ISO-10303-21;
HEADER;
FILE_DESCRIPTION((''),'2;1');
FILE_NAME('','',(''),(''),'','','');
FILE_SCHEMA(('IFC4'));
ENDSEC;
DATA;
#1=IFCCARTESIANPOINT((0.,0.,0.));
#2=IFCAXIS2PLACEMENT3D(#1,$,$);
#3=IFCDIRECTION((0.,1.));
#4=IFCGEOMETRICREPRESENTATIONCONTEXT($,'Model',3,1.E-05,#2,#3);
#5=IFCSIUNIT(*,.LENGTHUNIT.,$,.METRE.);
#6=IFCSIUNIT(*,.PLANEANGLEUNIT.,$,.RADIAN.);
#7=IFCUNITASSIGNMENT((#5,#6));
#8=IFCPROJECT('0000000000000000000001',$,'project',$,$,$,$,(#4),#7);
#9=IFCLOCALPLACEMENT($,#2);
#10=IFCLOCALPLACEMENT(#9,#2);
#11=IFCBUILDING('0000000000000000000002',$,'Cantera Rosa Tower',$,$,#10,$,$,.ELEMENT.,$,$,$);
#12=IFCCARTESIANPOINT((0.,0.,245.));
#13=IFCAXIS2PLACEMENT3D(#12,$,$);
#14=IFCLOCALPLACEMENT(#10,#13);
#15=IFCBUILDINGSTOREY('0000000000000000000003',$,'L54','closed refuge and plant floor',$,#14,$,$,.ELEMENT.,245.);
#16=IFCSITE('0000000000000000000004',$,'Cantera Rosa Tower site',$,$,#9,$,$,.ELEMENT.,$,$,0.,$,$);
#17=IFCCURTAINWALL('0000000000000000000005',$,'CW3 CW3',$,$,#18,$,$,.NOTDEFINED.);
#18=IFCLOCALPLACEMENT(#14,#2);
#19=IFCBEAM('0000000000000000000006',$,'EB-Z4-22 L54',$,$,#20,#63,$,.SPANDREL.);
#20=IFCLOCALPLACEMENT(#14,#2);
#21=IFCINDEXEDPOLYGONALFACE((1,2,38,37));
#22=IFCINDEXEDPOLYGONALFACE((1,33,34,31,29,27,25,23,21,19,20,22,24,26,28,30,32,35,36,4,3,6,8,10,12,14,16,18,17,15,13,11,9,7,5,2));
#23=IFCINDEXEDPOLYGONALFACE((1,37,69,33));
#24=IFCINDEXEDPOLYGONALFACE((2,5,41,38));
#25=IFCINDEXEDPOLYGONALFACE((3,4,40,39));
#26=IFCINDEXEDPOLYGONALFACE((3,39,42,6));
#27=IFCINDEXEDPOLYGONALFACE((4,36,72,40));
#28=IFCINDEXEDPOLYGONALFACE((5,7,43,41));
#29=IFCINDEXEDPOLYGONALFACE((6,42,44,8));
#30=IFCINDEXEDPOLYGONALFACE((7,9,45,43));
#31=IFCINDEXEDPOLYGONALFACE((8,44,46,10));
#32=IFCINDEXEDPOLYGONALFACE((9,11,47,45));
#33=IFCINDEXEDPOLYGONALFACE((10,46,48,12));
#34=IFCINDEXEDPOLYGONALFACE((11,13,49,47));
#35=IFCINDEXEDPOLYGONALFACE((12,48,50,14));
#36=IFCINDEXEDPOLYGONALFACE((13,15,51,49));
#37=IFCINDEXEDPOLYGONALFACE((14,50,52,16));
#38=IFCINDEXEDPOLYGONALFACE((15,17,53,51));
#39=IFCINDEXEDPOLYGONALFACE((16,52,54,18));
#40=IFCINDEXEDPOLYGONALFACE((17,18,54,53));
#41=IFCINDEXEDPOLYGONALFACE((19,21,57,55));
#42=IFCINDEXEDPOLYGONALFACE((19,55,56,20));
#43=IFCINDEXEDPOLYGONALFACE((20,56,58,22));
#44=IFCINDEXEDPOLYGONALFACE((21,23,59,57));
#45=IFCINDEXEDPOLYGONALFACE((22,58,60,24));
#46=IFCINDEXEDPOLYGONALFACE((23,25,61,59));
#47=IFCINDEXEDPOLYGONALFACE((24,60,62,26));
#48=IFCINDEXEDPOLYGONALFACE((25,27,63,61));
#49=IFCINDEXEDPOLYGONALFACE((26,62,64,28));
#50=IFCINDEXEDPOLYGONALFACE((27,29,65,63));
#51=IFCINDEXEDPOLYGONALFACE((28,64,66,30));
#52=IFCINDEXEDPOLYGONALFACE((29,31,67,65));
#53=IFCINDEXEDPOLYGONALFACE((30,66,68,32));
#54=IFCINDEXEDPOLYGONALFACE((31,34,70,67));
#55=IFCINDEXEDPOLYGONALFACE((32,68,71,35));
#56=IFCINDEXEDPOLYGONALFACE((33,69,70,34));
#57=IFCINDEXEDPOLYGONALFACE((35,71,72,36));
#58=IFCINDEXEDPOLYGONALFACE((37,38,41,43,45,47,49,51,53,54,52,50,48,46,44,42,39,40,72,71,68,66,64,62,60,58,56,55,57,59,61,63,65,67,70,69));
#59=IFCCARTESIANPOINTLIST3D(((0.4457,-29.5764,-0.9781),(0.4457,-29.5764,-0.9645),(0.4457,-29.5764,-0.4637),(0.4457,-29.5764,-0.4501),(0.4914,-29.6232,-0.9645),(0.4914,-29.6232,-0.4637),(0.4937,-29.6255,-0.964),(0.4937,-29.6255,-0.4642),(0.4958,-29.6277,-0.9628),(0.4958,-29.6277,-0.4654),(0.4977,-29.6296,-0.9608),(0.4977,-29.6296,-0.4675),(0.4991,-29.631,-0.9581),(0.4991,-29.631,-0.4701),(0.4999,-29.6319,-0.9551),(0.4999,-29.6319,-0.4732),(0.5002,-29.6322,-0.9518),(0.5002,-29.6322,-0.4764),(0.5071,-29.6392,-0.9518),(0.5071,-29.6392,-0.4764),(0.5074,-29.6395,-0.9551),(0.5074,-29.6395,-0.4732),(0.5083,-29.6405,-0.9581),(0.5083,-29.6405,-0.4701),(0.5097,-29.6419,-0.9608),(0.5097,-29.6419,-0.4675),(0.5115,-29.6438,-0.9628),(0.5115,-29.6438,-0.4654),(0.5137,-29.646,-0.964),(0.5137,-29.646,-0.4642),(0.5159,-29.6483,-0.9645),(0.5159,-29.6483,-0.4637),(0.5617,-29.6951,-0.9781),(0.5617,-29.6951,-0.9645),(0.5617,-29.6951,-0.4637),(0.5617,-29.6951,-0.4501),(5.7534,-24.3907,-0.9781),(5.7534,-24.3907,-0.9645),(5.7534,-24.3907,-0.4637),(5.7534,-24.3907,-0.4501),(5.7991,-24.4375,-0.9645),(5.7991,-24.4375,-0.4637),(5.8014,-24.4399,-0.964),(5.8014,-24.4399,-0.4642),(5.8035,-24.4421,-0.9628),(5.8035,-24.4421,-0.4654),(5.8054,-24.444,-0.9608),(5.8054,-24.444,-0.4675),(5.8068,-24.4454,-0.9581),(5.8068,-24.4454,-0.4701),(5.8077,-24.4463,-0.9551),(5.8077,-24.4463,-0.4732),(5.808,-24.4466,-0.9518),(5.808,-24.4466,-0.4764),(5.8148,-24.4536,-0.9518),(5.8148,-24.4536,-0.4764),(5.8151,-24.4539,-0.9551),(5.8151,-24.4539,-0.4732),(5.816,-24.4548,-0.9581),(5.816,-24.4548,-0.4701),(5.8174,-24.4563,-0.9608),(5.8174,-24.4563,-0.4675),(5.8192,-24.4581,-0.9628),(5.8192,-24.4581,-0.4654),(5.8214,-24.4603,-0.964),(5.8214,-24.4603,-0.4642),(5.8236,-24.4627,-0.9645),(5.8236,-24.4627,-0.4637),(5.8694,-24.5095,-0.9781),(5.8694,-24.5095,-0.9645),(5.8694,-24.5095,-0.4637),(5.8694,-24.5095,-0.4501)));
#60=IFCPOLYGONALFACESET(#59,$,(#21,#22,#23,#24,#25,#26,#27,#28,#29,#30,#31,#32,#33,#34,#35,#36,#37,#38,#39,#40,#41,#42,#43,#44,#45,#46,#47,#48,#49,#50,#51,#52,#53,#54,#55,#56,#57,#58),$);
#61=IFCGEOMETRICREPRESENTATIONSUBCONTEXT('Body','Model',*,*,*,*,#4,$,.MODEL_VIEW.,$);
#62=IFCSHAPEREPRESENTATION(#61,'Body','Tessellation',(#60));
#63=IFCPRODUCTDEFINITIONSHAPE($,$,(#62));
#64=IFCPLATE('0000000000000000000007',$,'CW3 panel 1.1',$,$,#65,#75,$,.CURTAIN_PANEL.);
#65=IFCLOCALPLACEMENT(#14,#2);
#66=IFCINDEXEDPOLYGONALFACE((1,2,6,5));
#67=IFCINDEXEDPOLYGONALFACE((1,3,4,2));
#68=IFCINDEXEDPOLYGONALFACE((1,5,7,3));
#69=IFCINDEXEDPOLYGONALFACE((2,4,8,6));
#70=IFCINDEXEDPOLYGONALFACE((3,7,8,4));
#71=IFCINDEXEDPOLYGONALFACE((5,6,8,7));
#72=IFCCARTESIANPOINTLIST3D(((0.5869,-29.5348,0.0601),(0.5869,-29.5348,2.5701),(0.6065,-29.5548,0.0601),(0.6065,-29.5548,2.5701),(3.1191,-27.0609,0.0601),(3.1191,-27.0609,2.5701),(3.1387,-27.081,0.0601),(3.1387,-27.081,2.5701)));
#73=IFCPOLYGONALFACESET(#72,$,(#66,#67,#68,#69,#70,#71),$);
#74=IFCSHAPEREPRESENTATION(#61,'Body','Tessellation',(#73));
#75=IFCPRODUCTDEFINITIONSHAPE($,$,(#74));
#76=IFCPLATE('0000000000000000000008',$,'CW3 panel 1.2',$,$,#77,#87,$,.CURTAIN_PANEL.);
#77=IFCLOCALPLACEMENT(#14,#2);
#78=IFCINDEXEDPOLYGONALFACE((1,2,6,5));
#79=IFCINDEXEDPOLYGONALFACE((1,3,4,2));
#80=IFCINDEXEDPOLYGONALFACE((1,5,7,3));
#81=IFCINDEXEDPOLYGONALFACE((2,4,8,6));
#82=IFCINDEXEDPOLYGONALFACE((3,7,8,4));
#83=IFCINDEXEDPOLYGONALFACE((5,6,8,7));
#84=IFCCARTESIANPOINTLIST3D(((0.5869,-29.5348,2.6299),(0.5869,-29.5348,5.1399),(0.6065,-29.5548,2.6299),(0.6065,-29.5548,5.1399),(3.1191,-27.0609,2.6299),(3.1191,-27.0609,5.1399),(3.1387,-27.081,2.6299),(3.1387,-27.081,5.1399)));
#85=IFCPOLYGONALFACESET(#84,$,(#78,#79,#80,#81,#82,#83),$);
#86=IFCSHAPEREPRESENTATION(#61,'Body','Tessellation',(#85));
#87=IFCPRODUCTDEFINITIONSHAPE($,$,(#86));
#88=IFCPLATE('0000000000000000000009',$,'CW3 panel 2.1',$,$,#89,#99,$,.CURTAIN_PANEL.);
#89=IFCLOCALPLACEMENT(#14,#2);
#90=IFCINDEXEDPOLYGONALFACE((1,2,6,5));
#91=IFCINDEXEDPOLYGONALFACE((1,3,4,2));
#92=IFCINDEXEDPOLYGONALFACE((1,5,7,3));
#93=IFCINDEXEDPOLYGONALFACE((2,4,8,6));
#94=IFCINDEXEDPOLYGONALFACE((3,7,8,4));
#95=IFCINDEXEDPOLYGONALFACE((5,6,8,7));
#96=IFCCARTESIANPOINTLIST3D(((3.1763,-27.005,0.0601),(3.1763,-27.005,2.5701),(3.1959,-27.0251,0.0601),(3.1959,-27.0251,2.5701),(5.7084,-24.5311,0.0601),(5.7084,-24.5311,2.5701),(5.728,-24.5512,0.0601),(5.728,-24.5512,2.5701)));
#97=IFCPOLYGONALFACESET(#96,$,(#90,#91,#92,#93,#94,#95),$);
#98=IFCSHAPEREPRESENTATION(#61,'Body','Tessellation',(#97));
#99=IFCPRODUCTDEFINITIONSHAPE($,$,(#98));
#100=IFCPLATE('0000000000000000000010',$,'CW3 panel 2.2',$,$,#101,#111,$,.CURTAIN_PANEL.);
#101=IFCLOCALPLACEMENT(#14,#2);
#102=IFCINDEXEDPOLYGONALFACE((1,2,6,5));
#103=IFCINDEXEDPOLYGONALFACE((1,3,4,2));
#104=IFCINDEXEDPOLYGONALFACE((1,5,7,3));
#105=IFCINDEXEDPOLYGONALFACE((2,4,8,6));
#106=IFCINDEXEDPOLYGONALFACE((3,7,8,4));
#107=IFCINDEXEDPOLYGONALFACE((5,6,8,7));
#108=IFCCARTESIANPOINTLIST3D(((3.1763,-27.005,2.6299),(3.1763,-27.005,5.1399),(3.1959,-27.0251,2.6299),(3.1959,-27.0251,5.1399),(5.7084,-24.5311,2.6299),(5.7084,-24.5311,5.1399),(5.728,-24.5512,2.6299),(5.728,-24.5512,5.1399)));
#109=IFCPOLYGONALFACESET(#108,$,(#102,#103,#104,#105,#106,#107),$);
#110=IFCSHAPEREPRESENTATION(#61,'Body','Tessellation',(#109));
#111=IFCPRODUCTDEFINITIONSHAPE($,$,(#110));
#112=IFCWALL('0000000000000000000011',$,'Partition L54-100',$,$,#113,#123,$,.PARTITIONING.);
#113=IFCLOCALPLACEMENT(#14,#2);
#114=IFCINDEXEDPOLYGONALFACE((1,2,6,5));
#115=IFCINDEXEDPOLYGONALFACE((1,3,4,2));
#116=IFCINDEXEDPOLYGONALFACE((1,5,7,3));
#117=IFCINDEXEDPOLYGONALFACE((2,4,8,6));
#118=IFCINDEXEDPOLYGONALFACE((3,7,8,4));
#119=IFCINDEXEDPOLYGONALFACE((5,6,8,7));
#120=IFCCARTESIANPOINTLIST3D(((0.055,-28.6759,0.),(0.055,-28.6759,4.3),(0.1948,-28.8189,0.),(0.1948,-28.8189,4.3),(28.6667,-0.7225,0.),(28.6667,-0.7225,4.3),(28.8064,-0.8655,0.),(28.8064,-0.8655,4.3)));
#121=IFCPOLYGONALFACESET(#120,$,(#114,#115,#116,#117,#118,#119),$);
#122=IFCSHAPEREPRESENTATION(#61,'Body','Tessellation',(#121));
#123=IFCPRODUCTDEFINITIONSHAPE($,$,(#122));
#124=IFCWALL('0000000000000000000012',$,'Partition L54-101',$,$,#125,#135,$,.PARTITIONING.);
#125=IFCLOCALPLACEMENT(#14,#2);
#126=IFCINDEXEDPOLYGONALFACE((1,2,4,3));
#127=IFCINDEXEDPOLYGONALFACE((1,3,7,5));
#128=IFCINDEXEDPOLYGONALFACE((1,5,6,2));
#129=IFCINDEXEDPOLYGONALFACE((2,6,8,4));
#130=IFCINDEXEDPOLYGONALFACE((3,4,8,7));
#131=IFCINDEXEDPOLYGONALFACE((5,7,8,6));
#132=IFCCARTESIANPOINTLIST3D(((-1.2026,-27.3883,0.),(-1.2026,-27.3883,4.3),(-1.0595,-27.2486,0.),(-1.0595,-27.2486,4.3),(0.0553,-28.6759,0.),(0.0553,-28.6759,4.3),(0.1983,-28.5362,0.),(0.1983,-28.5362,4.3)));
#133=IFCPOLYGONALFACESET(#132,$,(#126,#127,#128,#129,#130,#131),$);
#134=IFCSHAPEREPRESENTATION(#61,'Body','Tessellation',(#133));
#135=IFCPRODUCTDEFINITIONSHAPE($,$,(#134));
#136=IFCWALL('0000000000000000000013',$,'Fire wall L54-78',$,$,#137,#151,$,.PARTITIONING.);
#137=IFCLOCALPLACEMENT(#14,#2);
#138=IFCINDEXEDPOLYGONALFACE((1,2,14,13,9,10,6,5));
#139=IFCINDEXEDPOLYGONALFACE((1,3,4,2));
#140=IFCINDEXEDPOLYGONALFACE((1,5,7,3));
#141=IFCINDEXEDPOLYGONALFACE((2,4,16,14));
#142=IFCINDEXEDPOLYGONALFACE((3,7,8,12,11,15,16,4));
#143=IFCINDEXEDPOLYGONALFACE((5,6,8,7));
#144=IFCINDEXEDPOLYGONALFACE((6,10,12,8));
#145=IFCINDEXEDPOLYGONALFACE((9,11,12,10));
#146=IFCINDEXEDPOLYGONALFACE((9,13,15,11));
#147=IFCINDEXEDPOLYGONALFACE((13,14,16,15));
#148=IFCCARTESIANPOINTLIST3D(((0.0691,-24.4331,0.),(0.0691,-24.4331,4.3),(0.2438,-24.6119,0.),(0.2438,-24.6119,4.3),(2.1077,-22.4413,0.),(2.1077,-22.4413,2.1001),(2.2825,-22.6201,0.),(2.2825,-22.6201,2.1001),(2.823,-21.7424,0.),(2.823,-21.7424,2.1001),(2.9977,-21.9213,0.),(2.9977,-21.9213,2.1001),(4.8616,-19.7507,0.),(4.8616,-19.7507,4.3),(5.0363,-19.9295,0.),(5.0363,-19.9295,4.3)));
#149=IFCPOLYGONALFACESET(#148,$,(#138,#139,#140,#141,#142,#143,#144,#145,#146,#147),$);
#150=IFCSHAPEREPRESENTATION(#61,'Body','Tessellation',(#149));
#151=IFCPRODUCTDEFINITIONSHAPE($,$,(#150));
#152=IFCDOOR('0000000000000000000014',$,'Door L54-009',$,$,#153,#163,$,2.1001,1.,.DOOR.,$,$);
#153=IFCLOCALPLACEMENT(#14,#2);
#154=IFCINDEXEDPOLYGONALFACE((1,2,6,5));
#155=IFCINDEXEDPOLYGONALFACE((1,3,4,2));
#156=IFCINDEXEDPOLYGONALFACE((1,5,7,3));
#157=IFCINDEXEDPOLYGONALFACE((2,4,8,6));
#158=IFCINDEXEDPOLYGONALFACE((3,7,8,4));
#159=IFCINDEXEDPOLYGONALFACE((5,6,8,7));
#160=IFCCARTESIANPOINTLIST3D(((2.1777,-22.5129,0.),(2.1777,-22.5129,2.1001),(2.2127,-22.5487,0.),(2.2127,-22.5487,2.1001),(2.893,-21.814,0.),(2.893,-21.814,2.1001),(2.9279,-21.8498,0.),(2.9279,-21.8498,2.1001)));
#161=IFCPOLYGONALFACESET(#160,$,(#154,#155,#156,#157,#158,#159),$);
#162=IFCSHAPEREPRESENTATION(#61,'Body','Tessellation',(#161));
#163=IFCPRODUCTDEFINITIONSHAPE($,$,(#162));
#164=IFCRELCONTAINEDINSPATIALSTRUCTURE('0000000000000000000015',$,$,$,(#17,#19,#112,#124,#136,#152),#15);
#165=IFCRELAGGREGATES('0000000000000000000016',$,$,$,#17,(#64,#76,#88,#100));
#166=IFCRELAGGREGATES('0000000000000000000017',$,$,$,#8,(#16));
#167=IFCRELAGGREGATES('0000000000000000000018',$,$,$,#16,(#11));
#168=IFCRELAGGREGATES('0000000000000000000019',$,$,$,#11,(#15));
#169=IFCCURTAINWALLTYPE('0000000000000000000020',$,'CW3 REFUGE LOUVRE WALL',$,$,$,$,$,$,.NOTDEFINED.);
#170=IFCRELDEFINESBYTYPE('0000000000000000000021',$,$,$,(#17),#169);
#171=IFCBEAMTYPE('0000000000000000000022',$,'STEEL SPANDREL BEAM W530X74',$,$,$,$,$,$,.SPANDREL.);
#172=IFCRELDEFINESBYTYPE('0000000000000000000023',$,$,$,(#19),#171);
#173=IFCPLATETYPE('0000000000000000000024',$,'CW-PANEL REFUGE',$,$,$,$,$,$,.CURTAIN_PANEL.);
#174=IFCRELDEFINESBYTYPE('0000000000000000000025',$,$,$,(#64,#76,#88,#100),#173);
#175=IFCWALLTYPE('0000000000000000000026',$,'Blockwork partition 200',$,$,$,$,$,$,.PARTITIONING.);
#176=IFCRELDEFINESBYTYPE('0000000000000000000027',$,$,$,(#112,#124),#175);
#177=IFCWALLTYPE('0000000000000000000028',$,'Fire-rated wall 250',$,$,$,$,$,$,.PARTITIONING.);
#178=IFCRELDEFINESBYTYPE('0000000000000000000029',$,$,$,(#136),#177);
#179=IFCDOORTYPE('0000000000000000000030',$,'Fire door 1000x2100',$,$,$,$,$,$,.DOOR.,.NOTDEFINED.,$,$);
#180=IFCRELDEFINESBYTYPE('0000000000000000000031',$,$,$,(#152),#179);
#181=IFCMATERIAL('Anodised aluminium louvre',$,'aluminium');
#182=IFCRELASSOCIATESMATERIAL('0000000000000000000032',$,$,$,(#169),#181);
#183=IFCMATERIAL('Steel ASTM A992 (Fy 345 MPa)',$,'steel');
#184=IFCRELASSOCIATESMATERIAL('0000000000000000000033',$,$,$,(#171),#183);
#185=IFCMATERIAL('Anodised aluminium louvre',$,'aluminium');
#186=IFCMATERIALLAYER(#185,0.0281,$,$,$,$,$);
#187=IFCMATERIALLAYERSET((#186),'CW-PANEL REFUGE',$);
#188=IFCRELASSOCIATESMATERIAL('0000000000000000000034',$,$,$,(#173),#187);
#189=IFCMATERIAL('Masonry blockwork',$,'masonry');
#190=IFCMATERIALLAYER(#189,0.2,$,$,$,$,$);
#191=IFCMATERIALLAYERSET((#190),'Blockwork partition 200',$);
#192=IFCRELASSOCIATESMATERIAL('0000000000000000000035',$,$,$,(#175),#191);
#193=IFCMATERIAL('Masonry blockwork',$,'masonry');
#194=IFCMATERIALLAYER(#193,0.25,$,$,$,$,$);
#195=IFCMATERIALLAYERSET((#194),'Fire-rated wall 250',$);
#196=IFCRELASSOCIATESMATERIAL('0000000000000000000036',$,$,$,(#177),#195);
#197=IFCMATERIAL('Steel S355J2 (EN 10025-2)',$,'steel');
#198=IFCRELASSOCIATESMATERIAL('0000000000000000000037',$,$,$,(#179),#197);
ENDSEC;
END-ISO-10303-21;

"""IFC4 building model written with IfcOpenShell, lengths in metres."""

from ifc_helpers import new_model, si_unit, direction, frame, frame_2d, origin, origin_2d, place, context, subcontext, project, spatial, rectangle, i_section, extrude, material, layer, layer_set, material_profile, profile_set, type_object, element, fill, aggregate, save


model = new_model("IFC4")

# Units and contexts
model_context = context("Model", 3, precision=1e-05, world=origin(), true_north=direction((0.0, 1.0)))
body_context = subcontext(model_context, "Body", "Model", "MODEL_VIEW")
ifc_project = project(units=[si_unit("LENGTHUNIT", "METRE"), si_unit("PLANEANGLEUNIT", "RADIAN")], contexts=[model_context])

# Site, building, storey
site_placement = place(None, origin())
site = spatial("IfcSite", under=ifc_project, at=site_placement, Name="Cantera Rosa Tower site", CompositionType="ELEMENT", RefElevation=0.0)
building_placement = place(site_placement, origin())
building = spatial("IfcBuilding", under=site, at=building_placement, Name="Cantera Rosa Tower", CompositionType="ELEMENT")
storey_placement = place(building_placement, frame((0.0, 0.0, 245.0)))
storey = spatial("IfcBuildingStorey", under=building, at=storey_placement, Name="L54", Description="closed refuge and plant floor", CompositionType="ELEMENT", Elevation=245.0)

# Curtain wall
ifc_material_1 = material(Name="Anodised aluminium louvre", Category="aluminium")
curtain_wall_type = type_object("IfcCurtainWallType", Name="CW3 REFUGE LOUVRE WALL", PredefinedType="NOTDEFINED", material=ifc_material_1)
curtain_wall_placement = place(storey_placement, origin())
curtain_wall = element("IfcCurtainWall", 1, at=curtain_wall_placement, inside=storey, type_object=curtain_wall_type, Name="CW3 CW3", PredefinedType="NOTDEFINED")

# Beam
ifc_material_2 = material(Name="Steel ASTM A992 (Fy 345 MPa)", Category="steel")
ifc_material_profile_1 = material_profile(ifc_material_2, i_section(OverallWidth=0.166, OverallDepth=0.5281, WebThickness=0.0098, FlangeThickness=0.0137, FilletRadius=0.0127, at=origin_2d()), Name="W530X74")
ifc_profile_set_1 = profile_set([ifc_material_profile_1], Name="Steel ASTM A992 (Fy 345 MPa)")
beam_type_1 = type_object("IfcBeamType", Name="STEEL SPANDREL BEAM W530X74", PredefinedType="SPANDREL", material=ifc_profile_set_1)
beam_1_placement = place(storey_placement, frame((0.5037, -29.6357, -0.7141), z_axis=(0.715284, 0.698833, 0.0), x_axis=(-0.698833, 0.715284, 0.0)))
element("IfcBeam", 2, at=beam_1_placement, inside=storey, type_object=beam_type_1, Name="EB-Z4-22 L54", PredefinedType="SPANDREL", context=body_context, shape_type="SweptSolid", body=[
    extrude(i_section(OverallWidth=0.166, OverallDepth=0.5281, WebThickness=0.0098, FlangeThickness=0.0137, FilletRadius=0.0127, at=origin_2d()), origin(), (0.0, 0.0, 1.0), 7.4204),
])

# Plates
ifc_material_3 = material(Name="Anodised aluminium louvre", Category="aluminium")
ifc_layer_1 = layer(ifc_material_3, 0.0281)
ifc_layer_set_1 = layer_set([ifc_layer_1], Name="CW-PANEL REFUGE")
plate_type = type_object("IfcPlateType", Name="CW-PANEL REFUGE", PredefinedType="CURTAIN_PANEL", material=ifc_layer_set_1)
plate_1_placement = place(storey_placement, frame((1.8628, -28.3079, 0.0601), z_axis=(0.0, 0.0, 1.0), x_axis=(0.715286, 0.698832, 0.0)))
plate_1 = element("IfcPlate", 3, at=plate_1_placement, type_object=plate_type, Name="CW3 panel 1.1", PredefinedType="CURTAIN_PANEL", context=body_context, shape_type="SweptSolid", body=[
    extrude(rectangle(XDim=3.54, YDim=0.0281, at=origin_2d()), origin(), (0.0, 0.0, 1.0), 2.51),
])
plate_2_placement = place(storey_placement, frame((1.8628, -28.3079, 2.6299), z_axis=(0.0, 0.0, 1.0), x_axis=(0.715286, 0.698832, 0.0)))
plate_2 = element("IfcPlate", 4, at=plate_2_placement, type_object=plate_type, Name="CW3 panel 1.2", PredefinedType="CURTAIN_PANEL", context=body_context, shape_type="SweptSolid", body=[
    extrude(rectangle(XDim=3.54, YDim=0.0281, at=origin_2d()), origin(), (0.0, 0.0, 1.0), 2.51),
])
plate_3_placement = place(storey_placement, frame((4.4521, -25.7781, 0.0601), z_axis=(0.0, 0.0, 1.0), x_axis=(0.715286, 0.698832, 0.0)))
plate_3 = element("IfcPlate", 5, at=plate_3_placement, type_object=plate_type, Name="CW3 panel 2.1", PredefinedType="CURTAIN_PANEL", context=body_context, shape_type="SweptSolid", body=[
    extrude(rectangle(XDim=3.54, YDim=0.0281, at=origin_2d()), origin(), (0.0, 0.0, 1.0), 2.51),
])
plate_4_placement = place(storey_placement, frame((4.4521, -25.7781, 2.6299), z_axis=(0.0, 0.0, 1.0), x_axis=(0.715286, 0.698832, 0.0)))
plate_4 = element("IfcPlate", 6, at=plate_4_placement, type_object=plate_type, Name="CW3 panel 2.2", PredefinedType="CURTAIN_PANEL", context=body_context, shape_type="SweptSolid", body=[
    extrude(rectangle(XDim=3.54, YDim=0.0281, at=origin_2d()), origin(), (0.0, 0.0, 1.0), 2.51),
])
aggregate(curtain_wall, [plate_1, plate_2, plate_3, plate_4])

# Walls
ifc_material_4 = material(Name="Masonry blockwork", Category="masonry")
ifc_layer_2 = layer(ifc_material_4, 0.2)
ifc_layer_set_2 = layer_set([ifc_layer_2], Name="Blockwork partition 200")
wall_type_1 = type_object("IfcWallType", Name="Blockwork partition 200", PredefinedType="PARTITIONING", material=ifc_layer_set_2)
wall_1_placement = place(storey_placement, frame((0.125, -28.7473, 0.0), z_axis=(0.0, 0.0, 1.0), x_axis=(0.715286, 0.698831, 0.0)))
element("IfcWall", 7, at=wall_1_placement, inside=storey, type_object=wall_type_1, Name="Partition L54-100", PredefinedType="PARTITIONING", context=body_context, shape_type="SweptSolid", body=[
    extrude(rectangle(XDim=40.0002, YDim=0.2, at=frame_2d((20.0, 0.0))), origin(), (0.0, 0.0, 1.0), 4.3),
])
wall_2_placement = place(storey_placement, frame((0.1267, -28.606, 0.0), z_axis=(0.0, 0.0, 1.0), x_axis=(-0.698785, 0.715332, 0.0)))
element("IfcWall", 8, at=wall_2_placement, inside=storey, type_object=wall_type_1, Name="Partition L54-101", PredefinedType="PARTITIONING", context=body_context, shape_type="SweptSolid", body=[
    extrude(rectangle(XDim=1.8, YDim=0.2, at=frame_2d((0.8999, 0.0))), origin(), (0.0, 0.0, 1.0), 4.3),
])

# Wall, opening, door
ifc_material_5 = material(Name="Masonry blockwork", Category="masonry")
ifc_layer_3 = layer(ifc_material_5, 0.25)
ifc_layer_set_3 = layer_set([ifc_layer_3], Name="Fire-rated wall 250")
wall_type_2 = type_object("IfcWallType", Name="Fire-rated wall 250", PredefinedType="PARTITIONING", material=ifc_layer_set_3)
wall_3_placement = place(storey_placement, frame((0.1565, -24.5225, 0.0), z_axis=(0.0, 0.0, 1.0), x_axis=(0.715276, 0.698842, 0.0)))
wall_3 = element("IfcWall", 9, at=wall_3_placement, inside=storey, type_object=wall_type_2, Name="Fire wall L54-78", PredefinedType="PARTITIONING", context=body_context, shape_type="SweptSolid", body=[
    extrude(rectangle(XDim=6.7002, YDim=0.25, at=frame_2d((3.3501, 0.0))), origin(), (0.0, 0.0, 1.0), 4.3),
])
opening_placement = place(wall_3_placement, frame((2.8501, 0.0, 0.0)))
opening = element("IfcOpeningElement", 10, at=opening_placement, cuts=wall_3, PredefinedType="OPENING", context=body_context, shape_type="SweptSolid", body=[
    extrude(rectangle(XDim=1.0, YDim=2.1001, at=frame_2d((0.5, 1.05))), frame((0.0, 0.135, 0.0), z_axis=(0.0, -1.0, 0.0), x_axis=(1.0, 0.0, 0.0)), (0.0, 0.0, 1.0), 0.27),
])
ifc_material_6 = material(Name="Steel S355J2 (EN 10025-2)", Category="steel")
door_type = type_object("IfcDoorType", Name="Fire door 1000x2100", OperationType="NOTDEFINED", PredefinedType="DOOR", material=ifc_material_6)
door_placement = place(opening_placement, origin())
door = element("IfcDoor", 11, at=door_placement, inside=storey, type_object=door_type, Name="Door L54-009", OverallHeight=2.1001, OverallWidth=1.0, PredefinedType="DOOR", context=body_context, shape_type="SweptSolid", body=[
    extrude(rectangle(XDim=1.0, YDim=2.1001, at=frame_2d((0.5, 1.05))), frame((0.0, 0.0249, 0.0), z_axis=(0.0, -1.0, 0.0), x_axis=(1.0, 0.0, 0.0)), (0.0, 0.0, 1.0), 0.05),
])
fill(opening, door)

save(model, "model.ifc")
